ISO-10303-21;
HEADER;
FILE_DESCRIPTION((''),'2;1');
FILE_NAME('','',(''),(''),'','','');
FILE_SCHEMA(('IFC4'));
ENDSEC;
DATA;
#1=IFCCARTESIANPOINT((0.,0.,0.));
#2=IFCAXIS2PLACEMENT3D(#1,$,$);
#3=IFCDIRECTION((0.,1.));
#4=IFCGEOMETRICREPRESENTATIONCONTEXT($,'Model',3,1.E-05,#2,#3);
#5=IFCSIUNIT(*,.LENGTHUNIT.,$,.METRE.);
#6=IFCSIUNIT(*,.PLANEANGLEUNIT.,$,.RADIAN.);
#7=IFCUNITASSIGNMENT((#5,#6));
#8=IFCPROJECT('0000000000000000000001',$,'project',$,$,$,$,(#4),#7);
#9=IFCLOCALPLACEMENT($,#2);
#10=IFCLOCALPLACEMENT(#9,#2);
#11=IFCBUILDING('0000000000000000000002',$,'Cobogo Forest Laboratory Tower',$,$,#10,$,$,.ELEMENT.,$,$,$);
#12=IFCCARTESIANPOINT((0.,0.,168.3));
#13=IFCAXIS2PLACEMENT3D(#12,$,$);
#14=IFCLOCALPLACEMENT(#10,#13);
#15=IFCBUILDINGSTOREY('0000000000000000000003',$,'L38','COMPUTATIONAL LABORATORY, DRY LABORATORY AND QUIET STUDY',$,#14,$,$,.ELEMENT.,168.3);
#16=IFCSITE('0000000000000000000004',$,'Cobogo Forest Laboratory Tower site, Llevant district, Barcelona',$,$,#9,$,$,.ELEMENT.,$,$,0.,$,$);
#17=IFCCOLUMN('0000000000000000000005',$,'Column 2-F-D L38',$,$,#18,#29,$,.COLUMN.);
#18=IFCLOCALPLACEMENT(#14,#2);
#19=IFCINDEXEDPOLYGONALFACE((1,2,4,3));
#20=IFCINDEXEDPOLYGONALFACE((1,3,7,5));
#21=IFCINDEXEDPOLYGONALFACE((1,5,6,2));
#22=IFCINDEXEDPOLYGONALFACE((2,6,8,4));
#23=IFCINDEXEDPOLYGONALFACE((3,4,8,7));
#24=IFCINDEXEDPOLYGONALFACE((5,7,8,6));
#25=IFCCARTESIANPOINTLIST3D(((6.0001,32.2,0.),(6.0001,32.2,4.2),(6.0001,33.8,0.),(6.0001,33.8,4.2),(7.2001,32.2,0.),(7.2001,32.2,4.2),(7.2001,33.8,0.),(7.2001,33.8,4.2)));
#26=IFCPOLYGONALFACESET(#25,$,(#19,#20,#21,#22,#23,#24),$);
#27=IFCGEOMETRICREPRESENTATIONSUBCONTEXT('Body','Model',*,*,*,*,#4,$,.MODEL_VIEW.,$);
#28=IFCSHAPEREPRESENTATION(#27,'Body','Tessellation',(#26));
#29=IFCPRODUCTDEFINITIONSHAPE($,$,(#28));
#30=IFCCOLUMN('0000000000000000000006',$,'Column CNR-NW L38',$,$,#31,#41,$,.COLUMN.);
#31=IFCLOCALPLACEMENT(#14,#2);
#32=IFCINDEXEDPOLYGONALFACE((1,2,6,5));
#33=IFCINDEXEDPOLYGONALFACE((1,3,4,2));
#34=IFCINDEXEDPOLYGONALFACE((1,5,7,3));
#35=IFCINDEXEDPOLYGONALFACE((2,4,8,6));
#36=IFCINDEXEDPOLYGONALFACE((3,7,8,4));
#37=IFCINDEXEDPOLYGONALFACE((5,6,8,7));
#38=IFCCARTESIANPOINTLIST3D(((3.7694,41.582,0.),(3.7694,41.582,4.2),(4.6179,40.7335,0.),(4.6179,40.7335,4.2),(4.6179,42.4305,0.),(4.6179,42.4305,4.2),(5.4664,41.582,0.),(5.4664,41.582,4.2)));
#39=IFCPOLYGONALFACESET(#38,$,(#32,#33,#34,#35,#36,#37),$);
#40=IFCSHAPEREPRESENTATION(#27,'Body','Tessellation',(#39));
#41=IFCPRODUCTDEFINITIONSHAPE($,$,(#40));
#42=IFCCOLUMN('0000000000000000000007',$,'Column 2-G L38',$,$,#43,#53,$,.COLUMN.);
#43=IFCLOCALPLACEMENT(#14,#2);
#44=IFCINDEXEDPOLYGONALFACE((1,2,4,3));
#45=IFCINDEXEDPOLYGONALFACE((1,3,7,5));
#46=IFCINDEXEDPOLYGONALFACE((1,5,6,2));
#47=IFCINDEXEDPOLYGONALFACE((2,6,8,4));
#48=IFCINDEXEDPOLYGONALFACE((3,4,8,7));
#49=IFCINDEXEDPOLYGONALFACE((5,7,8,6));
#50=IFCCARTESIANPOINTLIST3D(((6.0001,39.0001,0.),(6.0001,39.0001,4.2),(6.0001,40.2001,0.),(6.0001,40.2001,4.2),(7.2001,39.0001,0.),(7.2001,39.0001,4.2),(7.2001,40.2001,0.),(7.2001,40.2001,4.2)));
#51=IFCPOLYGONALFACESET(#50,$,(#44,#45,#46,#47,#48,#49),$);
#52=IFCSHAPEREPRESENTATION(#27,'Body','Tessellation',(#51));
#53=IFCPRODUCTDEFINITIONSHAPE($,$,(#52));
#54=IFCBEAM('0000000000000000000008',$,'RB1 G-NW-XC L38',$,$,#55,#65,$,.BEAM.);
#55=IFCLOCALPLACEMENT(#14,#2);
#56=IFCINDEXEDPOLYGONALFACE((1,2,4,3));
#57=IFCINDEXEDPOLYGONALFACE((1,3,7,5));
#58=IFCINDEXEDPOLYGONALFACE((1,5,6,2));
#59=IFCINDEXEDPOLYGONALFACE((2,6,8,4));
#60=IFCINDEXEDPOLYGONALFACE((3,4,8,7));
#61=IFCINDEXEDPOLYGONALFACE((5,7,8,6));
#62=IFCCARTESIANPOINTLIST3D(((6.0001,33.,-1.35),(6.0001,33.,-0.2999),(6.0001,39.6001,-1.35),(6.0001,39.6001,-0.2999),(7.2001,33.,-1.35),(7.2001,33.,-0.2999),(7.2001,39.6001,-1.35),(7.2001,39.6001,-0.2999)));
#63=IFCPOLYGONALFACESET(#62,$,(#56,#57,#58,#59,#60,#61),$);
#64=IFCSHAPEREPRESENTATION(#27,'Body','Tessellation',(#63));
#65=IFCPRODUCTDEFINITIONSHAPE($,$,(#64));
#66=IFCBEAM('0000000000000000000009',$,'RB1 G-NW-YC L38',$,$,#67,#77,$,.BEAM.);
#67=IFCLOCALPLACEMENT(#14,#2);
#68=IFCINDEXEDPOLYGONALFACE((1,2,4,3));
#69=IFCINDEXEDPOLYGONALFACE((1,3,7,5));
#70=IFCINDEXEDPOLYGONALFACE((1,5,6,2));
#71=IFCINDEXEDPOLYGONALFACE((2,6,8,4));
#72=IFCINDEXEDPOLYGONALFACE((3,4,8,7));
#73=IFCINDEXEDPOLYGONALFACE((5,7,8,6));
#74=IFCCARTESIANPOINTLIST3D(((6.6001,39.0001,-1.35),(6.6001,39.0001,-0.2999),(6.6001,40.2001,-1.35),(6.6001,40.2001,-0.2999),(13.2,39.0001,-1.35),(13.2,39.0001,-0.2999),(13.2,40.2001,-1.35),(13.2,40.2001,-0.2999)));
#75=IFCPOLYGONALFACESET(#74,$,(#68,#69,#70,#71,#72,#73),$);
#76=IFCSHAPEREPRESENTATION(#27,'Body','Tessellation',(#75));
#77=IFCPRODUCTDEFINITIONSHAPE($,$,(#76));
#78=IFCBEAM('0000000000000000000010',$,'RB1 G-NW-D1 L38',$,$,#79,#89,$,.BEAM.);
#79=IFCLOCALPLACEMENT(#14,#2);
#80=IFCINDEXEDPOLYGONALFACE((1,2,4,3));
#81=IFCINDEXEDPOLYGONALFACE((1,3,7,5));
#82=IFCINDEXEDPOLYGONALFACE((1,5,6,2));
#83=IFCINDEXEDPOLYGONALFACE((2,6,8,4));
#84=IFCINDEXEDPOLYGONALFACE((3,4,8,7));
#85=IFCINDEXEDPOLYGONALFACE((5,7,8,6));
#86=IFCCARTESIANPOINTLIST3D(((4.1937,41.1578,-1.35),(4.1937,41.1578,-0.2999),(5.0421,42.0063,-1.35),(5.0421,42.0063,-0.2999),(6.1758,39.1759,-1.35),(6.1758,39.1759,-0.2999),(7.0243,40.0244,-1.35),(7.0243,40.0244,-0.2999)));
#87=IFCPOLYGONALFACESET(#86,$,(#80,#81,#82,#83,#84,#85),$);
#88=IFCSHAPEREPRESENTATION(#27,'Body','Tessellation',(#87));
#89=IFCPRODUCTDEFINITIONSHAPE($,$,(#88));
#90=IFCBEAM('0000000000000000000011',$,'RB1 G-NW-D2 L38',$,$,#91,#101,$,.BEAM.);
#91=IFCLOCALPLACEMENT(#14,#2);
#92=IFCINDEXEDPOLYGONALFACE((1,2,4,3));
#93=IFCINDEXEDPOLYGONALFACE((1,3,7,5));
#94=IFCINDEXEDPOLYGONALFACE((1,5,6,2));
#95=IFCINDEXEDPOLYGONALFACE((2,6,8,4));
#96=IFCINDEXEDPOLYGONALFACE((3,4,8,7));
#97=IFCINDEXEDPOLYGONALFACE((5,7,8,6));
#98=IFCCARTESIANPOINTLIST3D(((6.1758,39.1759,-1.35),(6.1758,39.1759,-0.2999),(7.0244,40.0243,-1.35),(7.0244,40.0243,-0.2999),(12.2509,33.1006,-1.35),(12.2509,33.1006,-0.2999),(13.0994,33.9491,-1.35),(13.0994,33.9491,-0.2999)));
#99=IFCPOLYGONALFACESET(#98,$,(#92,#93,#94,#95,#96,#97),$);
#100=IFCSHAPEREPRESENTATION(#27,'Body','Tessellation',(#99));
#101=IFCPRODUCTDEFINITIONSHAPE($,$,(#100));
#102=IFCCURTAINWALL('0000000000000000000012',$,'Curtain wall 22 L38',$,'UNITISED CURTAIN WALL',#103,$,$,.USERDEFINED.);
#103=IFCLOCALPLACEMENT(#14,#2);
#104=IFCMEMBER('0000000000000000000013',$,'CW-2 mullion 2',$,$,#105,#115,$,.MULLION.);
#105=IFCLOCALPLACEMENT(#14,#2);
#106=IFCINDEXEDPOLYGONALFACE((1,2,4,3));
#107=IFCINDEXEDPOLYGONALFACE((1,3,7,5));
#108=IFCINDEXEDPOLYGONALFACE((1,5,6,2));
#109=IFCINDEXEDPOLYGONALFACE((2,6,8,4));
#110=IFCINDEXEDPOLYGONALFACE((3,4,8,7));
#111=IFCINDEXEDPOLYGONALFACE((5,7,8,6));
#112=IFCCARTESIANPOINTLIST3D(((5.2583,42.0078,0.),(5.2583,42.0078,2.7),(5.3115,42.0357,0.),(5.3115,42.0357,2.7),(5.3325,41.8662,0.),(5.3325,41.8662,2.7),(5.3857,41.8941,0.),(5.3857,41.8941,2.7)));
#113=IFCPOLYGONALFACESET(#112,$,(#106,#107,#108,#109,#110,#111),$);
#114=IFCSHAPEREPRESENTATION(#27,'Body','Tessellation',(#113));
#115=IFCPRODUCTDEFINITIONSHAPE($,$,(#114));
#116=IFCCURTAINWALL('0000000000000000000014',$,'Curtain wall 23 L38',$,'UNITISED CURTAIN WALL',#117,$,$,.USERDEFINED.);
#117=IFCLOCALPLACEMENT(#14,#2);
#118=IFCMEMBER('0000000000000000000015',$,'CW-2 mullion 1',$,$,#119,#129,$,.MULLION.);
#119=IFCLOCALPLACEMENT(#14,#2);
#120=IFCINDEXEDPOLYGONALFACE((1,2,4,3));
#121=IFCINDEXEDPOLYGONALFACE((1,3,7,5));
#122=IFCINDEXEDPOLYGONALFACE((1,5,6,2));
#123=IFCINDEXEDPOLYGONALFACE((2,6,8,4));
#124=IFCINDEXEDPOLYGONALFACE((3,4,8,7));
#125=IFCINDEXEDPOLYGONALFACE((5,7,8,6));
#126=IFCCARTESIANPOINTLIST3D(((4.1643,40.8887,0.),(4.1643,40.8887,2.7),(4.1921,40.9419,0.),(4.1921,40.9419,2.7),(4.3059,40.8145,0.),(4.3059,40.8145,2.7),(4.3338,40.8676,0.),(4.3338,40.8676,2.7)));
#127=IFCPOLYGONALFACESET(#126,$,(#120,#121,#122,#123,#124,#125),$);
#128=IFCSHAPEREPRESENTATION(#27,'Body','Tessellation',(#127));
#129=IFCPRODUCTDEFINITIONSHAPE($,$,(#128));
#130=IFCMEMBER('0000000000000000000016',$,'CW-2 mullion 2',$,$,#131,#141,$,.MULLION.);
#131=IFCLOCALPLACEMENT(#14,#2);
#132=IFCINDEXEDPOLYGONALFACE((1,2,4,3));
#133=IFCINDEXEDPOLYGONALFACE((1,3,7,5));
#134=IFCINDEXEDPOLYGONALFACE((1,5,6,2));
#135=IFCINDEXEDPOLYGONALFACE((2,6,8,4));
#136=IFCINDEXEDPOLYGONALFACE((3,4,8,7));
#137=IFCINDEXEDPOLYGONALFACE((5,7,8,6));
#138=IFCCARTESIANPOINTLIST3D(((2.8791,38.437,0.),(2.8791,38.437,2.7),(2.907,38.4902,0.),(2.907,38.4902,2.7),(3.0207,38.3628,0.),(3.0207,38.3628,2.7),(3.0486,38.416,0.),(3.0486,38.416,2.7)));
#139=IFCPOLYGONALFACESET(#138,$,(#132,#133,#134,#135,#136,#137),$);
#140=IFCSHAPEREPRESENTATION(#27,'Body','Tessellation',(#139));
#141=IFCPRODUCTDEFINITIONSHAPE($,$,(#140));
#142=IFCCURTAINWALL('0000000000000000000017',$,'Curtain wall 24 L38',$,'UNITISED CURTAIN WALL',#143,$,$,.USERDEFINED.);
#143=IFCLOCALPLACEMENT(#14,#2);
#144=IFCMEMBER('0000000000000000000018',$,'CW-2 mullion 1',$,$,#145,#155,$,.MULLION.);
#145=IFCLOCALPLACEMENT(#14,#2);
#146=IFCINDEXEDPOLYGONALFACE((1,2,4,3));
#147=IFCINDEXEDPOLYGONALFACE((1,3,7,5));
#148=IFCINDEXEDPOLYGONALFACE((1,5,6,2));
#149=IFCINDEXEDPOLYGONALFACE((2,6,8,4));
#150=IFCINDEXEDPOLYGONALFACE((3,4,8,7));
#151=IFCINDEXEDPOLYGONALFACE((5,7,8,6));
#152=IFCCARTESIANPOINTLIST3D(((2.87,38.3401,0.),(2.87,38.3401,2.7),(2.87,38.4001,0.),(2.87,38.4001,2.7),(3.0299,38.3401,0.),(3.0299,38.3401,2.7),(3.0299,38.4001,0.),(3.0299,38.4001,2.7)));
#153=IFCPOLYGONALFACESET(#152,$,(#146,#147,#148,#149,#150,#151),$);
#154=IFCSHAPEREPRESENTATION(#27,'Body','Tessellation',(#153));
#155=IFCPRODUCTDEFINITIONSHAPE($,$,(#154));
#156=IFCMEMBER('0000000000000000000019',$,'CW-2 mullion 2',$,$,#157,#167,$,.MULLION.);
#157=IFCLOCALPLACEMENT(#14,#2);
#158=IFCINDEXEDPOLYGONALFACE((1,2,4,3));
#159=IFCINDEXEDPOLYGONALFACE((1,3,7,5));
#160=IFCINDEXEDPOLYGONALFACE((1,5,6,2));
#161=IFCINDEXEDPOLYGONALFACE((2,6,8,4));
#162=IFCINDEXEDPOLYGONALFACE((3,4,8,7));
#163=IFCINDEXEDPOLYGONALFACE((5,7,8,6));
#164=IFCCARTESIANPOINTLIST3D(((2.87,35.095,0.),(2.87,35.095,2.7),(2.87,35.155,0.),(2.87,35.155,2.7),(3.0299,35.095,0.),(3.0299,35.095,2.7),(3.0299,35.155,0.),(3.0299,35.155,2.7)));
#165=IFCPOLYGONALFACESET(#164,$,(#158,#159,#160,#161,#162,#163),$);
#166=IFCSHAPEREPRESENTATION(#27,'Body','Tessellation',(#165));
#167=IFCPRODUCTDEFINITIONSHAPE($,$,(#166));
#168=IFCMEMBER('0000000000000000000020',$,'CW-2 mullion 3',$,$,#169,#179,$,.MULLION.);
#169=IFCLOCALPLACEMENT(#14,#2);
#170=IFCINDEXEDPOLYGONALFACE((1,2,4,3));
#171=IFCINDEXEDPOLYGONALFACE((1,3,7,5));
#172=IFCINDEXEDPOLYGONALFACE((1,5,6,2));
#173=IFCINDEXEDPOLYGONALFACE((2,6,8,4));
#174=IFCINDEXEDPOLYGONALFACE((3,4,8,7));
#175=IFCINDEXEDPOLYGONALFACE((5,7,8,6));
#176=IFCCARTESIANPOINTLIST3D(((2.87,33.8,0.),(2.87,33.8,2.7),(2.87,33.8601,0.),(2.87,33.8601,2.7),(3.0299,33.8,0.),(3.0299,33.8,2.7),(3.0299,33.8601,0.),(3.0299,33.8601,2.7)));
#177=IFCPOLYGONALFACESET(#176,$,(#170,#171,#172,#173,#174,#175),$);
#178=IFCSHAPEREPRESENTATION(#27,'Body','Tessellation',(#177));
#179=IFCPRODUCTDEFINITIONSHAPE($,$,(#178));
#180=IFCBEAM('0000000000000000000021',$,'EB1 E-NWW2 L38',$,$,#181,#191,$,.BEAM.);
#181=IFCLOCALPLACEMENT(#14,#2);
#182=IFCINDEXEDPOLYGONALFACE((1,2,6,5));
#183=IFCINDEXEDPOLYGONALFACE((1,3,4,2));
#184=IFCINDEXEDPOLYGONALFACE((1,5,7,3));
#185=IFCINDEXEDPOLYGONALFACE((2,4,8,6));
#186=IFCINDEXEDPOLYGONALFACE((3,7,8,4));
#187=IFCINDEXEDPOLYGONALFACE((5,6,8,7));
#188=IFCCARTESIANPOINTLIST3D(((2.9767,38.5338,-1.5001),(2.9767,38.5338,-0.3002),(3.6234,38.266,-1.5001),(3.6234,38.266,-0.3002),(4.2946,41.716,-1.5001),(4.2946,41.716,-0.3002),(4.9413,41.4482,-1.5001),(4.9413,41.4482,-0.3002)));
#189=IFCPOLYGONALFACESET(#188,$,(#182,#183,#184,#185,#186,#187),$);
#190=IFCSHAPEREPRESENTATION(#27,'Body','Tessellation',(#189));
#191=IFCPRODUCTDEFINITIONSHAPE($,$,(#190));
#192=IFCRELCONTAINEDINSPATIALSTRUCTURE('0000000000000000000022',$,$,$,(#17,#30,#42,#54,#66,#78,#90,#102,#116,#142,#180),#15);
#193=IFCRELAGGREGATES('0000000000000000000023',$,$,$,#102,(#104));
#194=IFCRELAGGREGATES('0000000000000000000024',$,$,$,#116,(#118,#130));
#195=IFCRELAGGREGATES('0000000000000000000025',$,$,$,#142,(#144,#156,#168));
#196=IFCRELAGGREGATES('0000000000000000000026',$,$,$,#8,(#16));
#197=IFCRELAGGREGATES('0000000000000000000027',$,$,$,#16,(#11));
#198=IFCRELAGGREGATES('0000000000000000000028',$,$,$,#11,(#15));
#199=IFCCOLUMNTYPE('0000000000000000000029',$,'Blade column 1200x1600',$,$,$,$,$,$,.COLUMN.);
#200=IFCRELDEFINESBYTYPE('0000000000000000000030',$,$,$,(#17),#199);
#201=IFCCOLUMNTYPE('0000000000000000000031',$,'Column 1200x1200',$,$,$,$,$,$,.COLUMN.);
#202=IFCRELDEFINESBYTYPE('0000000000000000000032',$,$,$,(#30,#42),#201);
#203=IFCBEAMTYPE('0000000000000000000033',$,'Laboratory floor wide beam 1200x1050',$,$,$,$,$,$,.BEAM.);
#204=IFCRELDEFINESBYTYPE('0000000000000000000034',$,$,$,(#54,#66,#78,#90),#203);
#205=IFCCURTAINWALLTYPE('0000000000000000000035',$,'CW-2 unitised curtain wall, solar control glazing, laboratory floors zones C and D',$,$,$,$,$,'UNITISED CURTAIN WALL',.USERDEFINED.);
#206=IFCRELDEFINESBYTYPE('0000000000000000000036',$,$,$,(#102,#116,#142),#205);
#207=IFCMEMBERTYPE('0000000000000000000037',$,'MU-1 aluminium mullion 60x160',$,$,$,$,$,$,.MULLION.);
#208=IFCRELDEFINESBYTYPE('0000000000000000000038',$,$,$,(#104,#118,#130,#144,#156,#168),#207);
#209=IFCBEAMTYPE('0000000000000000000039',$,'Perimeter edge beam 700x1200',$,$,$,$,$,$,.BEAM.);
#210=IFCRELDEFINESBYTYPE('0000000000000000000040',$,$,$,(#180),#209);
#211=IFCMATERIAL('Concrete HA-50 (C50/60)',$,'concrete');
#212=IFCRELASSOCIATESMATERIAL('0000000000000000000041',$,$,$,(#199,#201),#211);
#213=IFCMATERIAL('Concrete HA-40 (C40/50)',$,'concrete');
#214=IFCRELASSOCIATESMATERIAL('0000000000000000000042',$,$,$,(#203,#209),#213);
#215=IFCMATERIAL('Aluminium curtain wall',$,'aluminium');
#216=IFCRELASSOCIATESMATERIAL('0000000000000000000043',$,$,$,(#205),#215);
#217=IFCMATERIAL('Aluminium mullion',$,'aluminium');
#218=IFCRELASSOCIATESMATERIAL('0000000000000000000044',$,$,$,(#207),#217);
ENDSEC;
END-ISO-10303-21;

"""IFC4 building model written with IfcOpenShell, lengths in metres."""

from ifc_helpers import new_model, si_unit, direction, frame, origin, origin_2d, place, context, subcontext, project, spatial, rectangle, extrude, material, material_profile, profile_set, type_object, element, aggregate, save


model = new_model("IFC4")

# Units and contexts
model_context = context("Model", 3, precision=1e-05, world=origin(), true_north=direction((0.0, 1.0)))
body_context = subcontext(model_context, "Body", "Model", "MODEL_VIEW")
ifc_project = project(units=[si_unit("LENGTHUNIT", "METRE"), si_unit("PLANEANGLEUNIT", "RADIAN")], contexts=[model_context])

# Site, building, storey
site_placement = place(None, origin())
site = spatial("IfcSite", under=ifc_project, at=site_placement, Name="Cobogo Forest Laboratory Tower site, Llevant district, Barcelona", CompositionType="ELEMENT", RefElevation=0.0)
building_placement = place(site_placement, origin())
building = spatial("IfcBuilding", under=site, at=building_placement, Name="Cobogo Forest Laboratory Tower", CompositionType="ELEMENT")
storey_placement = place(building_placement, frame((0.0, 0.0, 168.3)))
storey = spatial("IfcBuildingStorey", under=building, at=storey_placement, Name="L38", Description="COMPUTATIONAL LABORATORY, DRY LABORATORY AND QUIET STUDY", CompositionType="ELEMENT", Elevation=168.3)

# Columns
ifc_material_1 = material(Name="Concrete HA-50 (C50/60)", Category="concrete")
ifc_material_profile_1 = material_profile(ifc_material_1, rectangle(XDim=1.6001, YDim=1.2, at=origin_2d()), Name="RC 1200x1600")
ifc_profile_set_1 = profile_set([ifc_material_profile_1], Name="Concrete HA-50 (C50/60)")
column_type_1 = type_object("IfcColumnType", Name="Blade column 1200x1600", PredefinedType="COLUMN", material=ifc_profile_set_1)
column_placement = place(storey_placement, frame((6.6001, 33.0, 0.0), z_axis=(0.0, 0.0, 1.0), x_axis=(0.0, 1.0, 0.0)))
element("IfcColumn", 1, at=column_placement, inside=storey, type_object=column_type_1, Name="Column 2-F-D L38", PredefinedType="COLUMN", context=body_context, shape_type="SweptSolid", body=[
    extrude(rectangle(XDim=1.6001, YDim=1.2, at=origin_2d()), origin(), (0.0, 0.0, 1.0), 4.2),
])
ifc_material_profile_2 = material_profile(ifc_material_1, rectangle(XDim=1.2, YDim=1.2, at=origin_2d()), Name="RC 1200x1200")
ifc_profile_set_2 = profile_set([ifc_material_profile_2], Name="Concrete HA-50 (C50/60)")
column_type_2 = type_object("IfcColumnType", Name="Column 1200x1200", PredefinedType="COLUMN", material=ifc_profile_set_2)
for number, where, z_axis, x_axis, name in (
    (2, (4.6179, 41.582, 0.0), (0.0, 0.0, 1.0), (0.707107, 0.707107, 0.0), "Column CNR-NW L38"),
    (3, (6.6001, 39.6001, 0.0), (0.0, 0.0, 1.0), (1.0, 0.0, 0.0), "Column 2-G L38"),
):
    element("IfcColumn", number, at=place(storey_placement, frame(where, z_axis=z_axis, x_axis=x_axis)), inside=storey, type_object=column_type_2, Name=name, PredefinedType="COLUMN", context=body_context, shape_type="SweptSolid", body=[
        extrude(rectangle(XDim=1.2, YDim=1.2, at=origin_2d()), origin(), (0.0, 0.0, 1.0), 4.2),
    ])

# Beams
ifc_material_2 = material(Name="Concrete HA-40 (C40/50)", Category="concrete")
ifc_material_profile_3 = material_profile(ifc_material_2, rectangle(XDim=1.2, YDim=1.05, at=origin_2d()), Name="RC 1200x1050")
ifc_profile_set_3 = profile_set([ifc_material_profile_3], Name="Concrete HA-40 (C40/50)")
beam_type_1 = type_object("IfcBeamType", Name="Laboratory floor wide beam 1200x1050", PredefinedType="BEAM", material=ifc_profile_set_3)
beam_1_placement = place(storey_placement, frame((6.6001, 39.6001, -0.825), z_axis=(0.0, -1.0, 0.0), x_axis=(1.0, 0.0, 0.0)))
element("IfcBeam", 4, at=beam_1_placement, inside=storey, type_object=beam_type_1, Name="RB1 G-NW-XC L38", PredefinedType="BEAM", context=body_context, shape_type="SweptSolid", body=[
    extrude(rectangle(XDim=1.2, YDim=1.05, at=origin_2d()), origin(), (0.0, 0.0, 1.0), 6.6001),
])
beam_2_placement = place(storey_placement, frame((6.6001, 39.6001, -0.825), z_axis=(1.0, 0.0, 0.0), x_axis=(0.0, 1.0, 0.0)))
element("IfcBeam", 5, at=beam_2_placement, inside=storey, type_object=beam_type_1, Name="RB1 G-NW-YC L38", PredefinedType="BEAM", context=body_context, shape_type="SweptSolid", body=[
    extrude(rectangle(XDim=1.2, YDim=1.05, at=origin_2d()), origin(), (0.0, 0.0, 1.0), 6.5999),
])
beam_3_placement = place(storey_placement, frame((4.6179, 41.582, -0.825), z_axis=(0.70715, -0.707063, 0.0), x_axis=(0.707063, 0.70715, 0.0)))
element("IfcBeam", 6, at=beam_3_placement, inside=storey, type_object=beam_type_1, Name="RB1 G-NW-D1 L38", PredefinedType="BEAM", context=body_context, shape_type="SweptSolid", body=[
    extrude(rectangle(XDim=1.2, YDim=1.05, at=origin_2d()), origin(), (0.0, 0.0, 1.0), 2.803),
])
beam_4_placement = place(storey_placement, frame((6.6001, 39.6001, -0.825), z_axis=(0.707093, -0.707121, 0.0), x_axis=(0.707121, 0.707093, 0.0)))
element("IfcBeam", 7, at=beam_4_placement, inside=storey, type_object=beam_type_1, Name="RB1 G-NW-D2 L38", PredefinedType="BEAM", context=body_context, shape_type="SweptSolid", body=[
    extrude(rectangle(XDim=1.2, YDim=1.05, at=origin_2d()), origin(), (0.0, 0.0, 1.0), 8.5916),
])

# Curtain wall, member
ifc_material_3 = material(Name="Aluminium curtain wall", Category="aluminium")
curtain_wall_type = type_object("IfcCurtainWallType", Name="CW-2 unitised curtain wall, solar control glazing, laboratory floors zones C and D", ElementType="UNITISED CURTAIN WALL", PredefinedType="USERDEFINED", material=ifc_material_3)
curtain_wall_1_placement = place(storey_placement, origin())
curtain_wall_1 = element("IfcCurtainWall", 8, at=curtain_wall_1_placement, inside=storey, type_object=curtain_wall_type, Name="Curtain wall 22 L38", ObjectType="UNITISED CURTAIN WALL", PredefinedType="USERDEFINED")
ifc_material_4 = material(Name="Aluminium mullion", Category="aluminium")
ifc_material_profile_4 = material_profile(ifc_material_4, rectangle(XDim=0.0601, YDim=0.1599, at=origin_2d()), Name="AL 60x160")
ifc_profile_set_4 = profile_set([ifc_material_profile_4], Name="Aluminium mullion")
member_type_1 = type_object("IfcMemberType", Name="MU-1 aluminium mullion 60x160", PredefinedType="MULLION", material=ifc_profile_set_4)
member_1_placement = place(storey_placement, frame((5.322, 41.9509, 0.0), z_axis=(0.0, 0.0, 1.0), x_axis=(-0.885686, -0.464284, 0.0)))
member_1 = element("IfcMember", 9, at=member_1_placement, type_object=member_type_1, Name="CW-2 mullion 2", PredefinedType="MULLION", context=body_context, shape_type="SweptSolid", body=[
    extrude(rectangle(XDim=0.0601, YDim=0.1599, at=origin_2d()), origin(), (0.0, 0.0, 1.0), 2.7),
])

# Curtain walls, members
curtain_wall_2_placement = place(storey_placement, origin())
curtain_wall_2 = element("IfcCurtainWall", 10, at=curtain_wall_2_placement, inside=storey, type_object=curtain_wall_type, Name="Curtain wall 23 L38", ObjectType="UNITISED CURTAIN WALL", PredefinedType="USERDEFINED")
member_2_placement = place(storey_placement, frame((4.249, 40.8782, 0.0), z_axis=(0.0, 0.0, 1.0), x_axis=(-0.464284, -0.885686, 0.0)))
member_2 = element("IfcMember", 11, at=member_2_placement, type_object=member_type_1, Name="CW-2 mullion 1", PredefinedType="MULLION", context=body_context, shape_type="SweptSolid", body=[
    extrude(rectangle(XDim=0.0601, YDim=0.1599, at=origin_2d()), origin(), (0.0, 0.0, 1.0), 2.7),
])
member_3_placement = place(storey_placement, frame((2.9639, 38.4265, 0.0), z_axis=(0.0, 0.0, 1.0), x_axis=(-0.464284, -0.885686, 0.0)))
member_3 = element("IfcMember", 12, at=member_3_placement, type_object=member_type_1, Name="CW-2 mullion 2", PredefinedType="MULLION", context=body_context, shape_type="SweptSolid", body=[
    extrude(rectangle(XDim=0.0601, YDim=0.1599, at=origin_2d()), origin(), (0.0, 0.0, 1.0), 2.7),
])
curtain_wall_3_placement = place(storey_placement, origin())
curtain_wall_3 = element("IfcCurtainWall", 13, at=curtain_wall_3_placement, inside=storey, type_object=curtain_wall_type, Name="Curtain wall 24 L38", ObjectType="UNITISED CURTAIN WALL", PredefinedType="USERDEFINED")
member_4_placement = place(storey_placement, frame((2.95, 38.3701, 0.0), z_axis=(0.0, 0.0, 1.0), x_axis=(0.0, -1.0, 0.0)))
member_4 = element("IfcMember", 14, at=member_4_placement, type_object=member_type_1, Name="CW-2 mullion 1", PredefinedType="MULLION", context=body_context, shape_type="SweptSolid", body=[
    extrude(rectangle(XDim=0.0601, YDim=0.1599, at=origin_2d()), origin(), (0.0, 0.0, 1.0), 2.7),
])
member_5_placement = place(storey_placement, frame((2.95, 35.125, 0.0), z_axis=(0.0, 0.0, 1.0), x_axis=(0.0, -1.0, 0.0)))
member_5 = element("IfcMember", 15, at=member_5_placement, type_object=member_type_1, Name="CW-2 mullion 2", PredefinedType="MULLION", context=body_context, shape_type="SweptSolid", body=[
    extrude(rectangle(XDim=0.0601, YDim=0.1599, at=origin_2d()), origin(), (0.0, 0.0, 1.0), 2.7),
])
member_6_placement = place(storey_placement, frame((2.95, 33.8301, 0.0), z_axis=(0.0, 0.0, 1.0), x_axis=(0.0, -1.0, 0.0)))
member_6 = element("IfcMember", 16, at=member_6_placement, type_object=member_type_1, Name="CW-2 mullion 3", PredefinedType="MULLION", context=body_context, shape_type="SweptSolid", body=[
    extrude(rectangle(XDim=0.0601, YDim=0.1599, at=origin_2d()), origin(), (0.0, 0.0, 1.0), 2.7),
])

# Beam
ifc_material_profile_5 = material_profile(ifc_material_2, rectangle(XDim=0.7, YDim=1.2, at=origin_2d()), Name="RC 700x1200")
ifc_profile_set_5 = profile_set([ifc_material_profile_5], Name="Concrete HA-40 (C40/50)")
beam_type_2 = type_object("IfcBeamType", Name="Perimeter edge beam 700x1200", PredefinedType="BEAM", material=ifc_profile_set_5)
beam_5_placement = place(storey_placement, frame((3.3, 38.3999, -0.9001), z_axis=(0.382631, 0.923901, 0.0), x_axis=(-0.923901, 0.382631, 0.0)))
element("IfcBeam", 17, at=beam_5_placement, inside=storey, type_object=beam_type_2, Name="EB1 E-NWW2 L38", PredefinedType="BEAM", context=body_context, shape_type="SweptSolid", body=[
    extrude(rectangle(XDim=0.7, YDim=1.2, at=origin_2d()), origin(), (0.0, 0.0, 1.0), 3.4443),
])

aggregate(curtain_wall_1, [member_1])
aggregate(curtain_wall_2, [member_2, member_3])
aggregate(curtain_wall_3, [member_4, member_5, member_6])

save(model, "model.ifc")
